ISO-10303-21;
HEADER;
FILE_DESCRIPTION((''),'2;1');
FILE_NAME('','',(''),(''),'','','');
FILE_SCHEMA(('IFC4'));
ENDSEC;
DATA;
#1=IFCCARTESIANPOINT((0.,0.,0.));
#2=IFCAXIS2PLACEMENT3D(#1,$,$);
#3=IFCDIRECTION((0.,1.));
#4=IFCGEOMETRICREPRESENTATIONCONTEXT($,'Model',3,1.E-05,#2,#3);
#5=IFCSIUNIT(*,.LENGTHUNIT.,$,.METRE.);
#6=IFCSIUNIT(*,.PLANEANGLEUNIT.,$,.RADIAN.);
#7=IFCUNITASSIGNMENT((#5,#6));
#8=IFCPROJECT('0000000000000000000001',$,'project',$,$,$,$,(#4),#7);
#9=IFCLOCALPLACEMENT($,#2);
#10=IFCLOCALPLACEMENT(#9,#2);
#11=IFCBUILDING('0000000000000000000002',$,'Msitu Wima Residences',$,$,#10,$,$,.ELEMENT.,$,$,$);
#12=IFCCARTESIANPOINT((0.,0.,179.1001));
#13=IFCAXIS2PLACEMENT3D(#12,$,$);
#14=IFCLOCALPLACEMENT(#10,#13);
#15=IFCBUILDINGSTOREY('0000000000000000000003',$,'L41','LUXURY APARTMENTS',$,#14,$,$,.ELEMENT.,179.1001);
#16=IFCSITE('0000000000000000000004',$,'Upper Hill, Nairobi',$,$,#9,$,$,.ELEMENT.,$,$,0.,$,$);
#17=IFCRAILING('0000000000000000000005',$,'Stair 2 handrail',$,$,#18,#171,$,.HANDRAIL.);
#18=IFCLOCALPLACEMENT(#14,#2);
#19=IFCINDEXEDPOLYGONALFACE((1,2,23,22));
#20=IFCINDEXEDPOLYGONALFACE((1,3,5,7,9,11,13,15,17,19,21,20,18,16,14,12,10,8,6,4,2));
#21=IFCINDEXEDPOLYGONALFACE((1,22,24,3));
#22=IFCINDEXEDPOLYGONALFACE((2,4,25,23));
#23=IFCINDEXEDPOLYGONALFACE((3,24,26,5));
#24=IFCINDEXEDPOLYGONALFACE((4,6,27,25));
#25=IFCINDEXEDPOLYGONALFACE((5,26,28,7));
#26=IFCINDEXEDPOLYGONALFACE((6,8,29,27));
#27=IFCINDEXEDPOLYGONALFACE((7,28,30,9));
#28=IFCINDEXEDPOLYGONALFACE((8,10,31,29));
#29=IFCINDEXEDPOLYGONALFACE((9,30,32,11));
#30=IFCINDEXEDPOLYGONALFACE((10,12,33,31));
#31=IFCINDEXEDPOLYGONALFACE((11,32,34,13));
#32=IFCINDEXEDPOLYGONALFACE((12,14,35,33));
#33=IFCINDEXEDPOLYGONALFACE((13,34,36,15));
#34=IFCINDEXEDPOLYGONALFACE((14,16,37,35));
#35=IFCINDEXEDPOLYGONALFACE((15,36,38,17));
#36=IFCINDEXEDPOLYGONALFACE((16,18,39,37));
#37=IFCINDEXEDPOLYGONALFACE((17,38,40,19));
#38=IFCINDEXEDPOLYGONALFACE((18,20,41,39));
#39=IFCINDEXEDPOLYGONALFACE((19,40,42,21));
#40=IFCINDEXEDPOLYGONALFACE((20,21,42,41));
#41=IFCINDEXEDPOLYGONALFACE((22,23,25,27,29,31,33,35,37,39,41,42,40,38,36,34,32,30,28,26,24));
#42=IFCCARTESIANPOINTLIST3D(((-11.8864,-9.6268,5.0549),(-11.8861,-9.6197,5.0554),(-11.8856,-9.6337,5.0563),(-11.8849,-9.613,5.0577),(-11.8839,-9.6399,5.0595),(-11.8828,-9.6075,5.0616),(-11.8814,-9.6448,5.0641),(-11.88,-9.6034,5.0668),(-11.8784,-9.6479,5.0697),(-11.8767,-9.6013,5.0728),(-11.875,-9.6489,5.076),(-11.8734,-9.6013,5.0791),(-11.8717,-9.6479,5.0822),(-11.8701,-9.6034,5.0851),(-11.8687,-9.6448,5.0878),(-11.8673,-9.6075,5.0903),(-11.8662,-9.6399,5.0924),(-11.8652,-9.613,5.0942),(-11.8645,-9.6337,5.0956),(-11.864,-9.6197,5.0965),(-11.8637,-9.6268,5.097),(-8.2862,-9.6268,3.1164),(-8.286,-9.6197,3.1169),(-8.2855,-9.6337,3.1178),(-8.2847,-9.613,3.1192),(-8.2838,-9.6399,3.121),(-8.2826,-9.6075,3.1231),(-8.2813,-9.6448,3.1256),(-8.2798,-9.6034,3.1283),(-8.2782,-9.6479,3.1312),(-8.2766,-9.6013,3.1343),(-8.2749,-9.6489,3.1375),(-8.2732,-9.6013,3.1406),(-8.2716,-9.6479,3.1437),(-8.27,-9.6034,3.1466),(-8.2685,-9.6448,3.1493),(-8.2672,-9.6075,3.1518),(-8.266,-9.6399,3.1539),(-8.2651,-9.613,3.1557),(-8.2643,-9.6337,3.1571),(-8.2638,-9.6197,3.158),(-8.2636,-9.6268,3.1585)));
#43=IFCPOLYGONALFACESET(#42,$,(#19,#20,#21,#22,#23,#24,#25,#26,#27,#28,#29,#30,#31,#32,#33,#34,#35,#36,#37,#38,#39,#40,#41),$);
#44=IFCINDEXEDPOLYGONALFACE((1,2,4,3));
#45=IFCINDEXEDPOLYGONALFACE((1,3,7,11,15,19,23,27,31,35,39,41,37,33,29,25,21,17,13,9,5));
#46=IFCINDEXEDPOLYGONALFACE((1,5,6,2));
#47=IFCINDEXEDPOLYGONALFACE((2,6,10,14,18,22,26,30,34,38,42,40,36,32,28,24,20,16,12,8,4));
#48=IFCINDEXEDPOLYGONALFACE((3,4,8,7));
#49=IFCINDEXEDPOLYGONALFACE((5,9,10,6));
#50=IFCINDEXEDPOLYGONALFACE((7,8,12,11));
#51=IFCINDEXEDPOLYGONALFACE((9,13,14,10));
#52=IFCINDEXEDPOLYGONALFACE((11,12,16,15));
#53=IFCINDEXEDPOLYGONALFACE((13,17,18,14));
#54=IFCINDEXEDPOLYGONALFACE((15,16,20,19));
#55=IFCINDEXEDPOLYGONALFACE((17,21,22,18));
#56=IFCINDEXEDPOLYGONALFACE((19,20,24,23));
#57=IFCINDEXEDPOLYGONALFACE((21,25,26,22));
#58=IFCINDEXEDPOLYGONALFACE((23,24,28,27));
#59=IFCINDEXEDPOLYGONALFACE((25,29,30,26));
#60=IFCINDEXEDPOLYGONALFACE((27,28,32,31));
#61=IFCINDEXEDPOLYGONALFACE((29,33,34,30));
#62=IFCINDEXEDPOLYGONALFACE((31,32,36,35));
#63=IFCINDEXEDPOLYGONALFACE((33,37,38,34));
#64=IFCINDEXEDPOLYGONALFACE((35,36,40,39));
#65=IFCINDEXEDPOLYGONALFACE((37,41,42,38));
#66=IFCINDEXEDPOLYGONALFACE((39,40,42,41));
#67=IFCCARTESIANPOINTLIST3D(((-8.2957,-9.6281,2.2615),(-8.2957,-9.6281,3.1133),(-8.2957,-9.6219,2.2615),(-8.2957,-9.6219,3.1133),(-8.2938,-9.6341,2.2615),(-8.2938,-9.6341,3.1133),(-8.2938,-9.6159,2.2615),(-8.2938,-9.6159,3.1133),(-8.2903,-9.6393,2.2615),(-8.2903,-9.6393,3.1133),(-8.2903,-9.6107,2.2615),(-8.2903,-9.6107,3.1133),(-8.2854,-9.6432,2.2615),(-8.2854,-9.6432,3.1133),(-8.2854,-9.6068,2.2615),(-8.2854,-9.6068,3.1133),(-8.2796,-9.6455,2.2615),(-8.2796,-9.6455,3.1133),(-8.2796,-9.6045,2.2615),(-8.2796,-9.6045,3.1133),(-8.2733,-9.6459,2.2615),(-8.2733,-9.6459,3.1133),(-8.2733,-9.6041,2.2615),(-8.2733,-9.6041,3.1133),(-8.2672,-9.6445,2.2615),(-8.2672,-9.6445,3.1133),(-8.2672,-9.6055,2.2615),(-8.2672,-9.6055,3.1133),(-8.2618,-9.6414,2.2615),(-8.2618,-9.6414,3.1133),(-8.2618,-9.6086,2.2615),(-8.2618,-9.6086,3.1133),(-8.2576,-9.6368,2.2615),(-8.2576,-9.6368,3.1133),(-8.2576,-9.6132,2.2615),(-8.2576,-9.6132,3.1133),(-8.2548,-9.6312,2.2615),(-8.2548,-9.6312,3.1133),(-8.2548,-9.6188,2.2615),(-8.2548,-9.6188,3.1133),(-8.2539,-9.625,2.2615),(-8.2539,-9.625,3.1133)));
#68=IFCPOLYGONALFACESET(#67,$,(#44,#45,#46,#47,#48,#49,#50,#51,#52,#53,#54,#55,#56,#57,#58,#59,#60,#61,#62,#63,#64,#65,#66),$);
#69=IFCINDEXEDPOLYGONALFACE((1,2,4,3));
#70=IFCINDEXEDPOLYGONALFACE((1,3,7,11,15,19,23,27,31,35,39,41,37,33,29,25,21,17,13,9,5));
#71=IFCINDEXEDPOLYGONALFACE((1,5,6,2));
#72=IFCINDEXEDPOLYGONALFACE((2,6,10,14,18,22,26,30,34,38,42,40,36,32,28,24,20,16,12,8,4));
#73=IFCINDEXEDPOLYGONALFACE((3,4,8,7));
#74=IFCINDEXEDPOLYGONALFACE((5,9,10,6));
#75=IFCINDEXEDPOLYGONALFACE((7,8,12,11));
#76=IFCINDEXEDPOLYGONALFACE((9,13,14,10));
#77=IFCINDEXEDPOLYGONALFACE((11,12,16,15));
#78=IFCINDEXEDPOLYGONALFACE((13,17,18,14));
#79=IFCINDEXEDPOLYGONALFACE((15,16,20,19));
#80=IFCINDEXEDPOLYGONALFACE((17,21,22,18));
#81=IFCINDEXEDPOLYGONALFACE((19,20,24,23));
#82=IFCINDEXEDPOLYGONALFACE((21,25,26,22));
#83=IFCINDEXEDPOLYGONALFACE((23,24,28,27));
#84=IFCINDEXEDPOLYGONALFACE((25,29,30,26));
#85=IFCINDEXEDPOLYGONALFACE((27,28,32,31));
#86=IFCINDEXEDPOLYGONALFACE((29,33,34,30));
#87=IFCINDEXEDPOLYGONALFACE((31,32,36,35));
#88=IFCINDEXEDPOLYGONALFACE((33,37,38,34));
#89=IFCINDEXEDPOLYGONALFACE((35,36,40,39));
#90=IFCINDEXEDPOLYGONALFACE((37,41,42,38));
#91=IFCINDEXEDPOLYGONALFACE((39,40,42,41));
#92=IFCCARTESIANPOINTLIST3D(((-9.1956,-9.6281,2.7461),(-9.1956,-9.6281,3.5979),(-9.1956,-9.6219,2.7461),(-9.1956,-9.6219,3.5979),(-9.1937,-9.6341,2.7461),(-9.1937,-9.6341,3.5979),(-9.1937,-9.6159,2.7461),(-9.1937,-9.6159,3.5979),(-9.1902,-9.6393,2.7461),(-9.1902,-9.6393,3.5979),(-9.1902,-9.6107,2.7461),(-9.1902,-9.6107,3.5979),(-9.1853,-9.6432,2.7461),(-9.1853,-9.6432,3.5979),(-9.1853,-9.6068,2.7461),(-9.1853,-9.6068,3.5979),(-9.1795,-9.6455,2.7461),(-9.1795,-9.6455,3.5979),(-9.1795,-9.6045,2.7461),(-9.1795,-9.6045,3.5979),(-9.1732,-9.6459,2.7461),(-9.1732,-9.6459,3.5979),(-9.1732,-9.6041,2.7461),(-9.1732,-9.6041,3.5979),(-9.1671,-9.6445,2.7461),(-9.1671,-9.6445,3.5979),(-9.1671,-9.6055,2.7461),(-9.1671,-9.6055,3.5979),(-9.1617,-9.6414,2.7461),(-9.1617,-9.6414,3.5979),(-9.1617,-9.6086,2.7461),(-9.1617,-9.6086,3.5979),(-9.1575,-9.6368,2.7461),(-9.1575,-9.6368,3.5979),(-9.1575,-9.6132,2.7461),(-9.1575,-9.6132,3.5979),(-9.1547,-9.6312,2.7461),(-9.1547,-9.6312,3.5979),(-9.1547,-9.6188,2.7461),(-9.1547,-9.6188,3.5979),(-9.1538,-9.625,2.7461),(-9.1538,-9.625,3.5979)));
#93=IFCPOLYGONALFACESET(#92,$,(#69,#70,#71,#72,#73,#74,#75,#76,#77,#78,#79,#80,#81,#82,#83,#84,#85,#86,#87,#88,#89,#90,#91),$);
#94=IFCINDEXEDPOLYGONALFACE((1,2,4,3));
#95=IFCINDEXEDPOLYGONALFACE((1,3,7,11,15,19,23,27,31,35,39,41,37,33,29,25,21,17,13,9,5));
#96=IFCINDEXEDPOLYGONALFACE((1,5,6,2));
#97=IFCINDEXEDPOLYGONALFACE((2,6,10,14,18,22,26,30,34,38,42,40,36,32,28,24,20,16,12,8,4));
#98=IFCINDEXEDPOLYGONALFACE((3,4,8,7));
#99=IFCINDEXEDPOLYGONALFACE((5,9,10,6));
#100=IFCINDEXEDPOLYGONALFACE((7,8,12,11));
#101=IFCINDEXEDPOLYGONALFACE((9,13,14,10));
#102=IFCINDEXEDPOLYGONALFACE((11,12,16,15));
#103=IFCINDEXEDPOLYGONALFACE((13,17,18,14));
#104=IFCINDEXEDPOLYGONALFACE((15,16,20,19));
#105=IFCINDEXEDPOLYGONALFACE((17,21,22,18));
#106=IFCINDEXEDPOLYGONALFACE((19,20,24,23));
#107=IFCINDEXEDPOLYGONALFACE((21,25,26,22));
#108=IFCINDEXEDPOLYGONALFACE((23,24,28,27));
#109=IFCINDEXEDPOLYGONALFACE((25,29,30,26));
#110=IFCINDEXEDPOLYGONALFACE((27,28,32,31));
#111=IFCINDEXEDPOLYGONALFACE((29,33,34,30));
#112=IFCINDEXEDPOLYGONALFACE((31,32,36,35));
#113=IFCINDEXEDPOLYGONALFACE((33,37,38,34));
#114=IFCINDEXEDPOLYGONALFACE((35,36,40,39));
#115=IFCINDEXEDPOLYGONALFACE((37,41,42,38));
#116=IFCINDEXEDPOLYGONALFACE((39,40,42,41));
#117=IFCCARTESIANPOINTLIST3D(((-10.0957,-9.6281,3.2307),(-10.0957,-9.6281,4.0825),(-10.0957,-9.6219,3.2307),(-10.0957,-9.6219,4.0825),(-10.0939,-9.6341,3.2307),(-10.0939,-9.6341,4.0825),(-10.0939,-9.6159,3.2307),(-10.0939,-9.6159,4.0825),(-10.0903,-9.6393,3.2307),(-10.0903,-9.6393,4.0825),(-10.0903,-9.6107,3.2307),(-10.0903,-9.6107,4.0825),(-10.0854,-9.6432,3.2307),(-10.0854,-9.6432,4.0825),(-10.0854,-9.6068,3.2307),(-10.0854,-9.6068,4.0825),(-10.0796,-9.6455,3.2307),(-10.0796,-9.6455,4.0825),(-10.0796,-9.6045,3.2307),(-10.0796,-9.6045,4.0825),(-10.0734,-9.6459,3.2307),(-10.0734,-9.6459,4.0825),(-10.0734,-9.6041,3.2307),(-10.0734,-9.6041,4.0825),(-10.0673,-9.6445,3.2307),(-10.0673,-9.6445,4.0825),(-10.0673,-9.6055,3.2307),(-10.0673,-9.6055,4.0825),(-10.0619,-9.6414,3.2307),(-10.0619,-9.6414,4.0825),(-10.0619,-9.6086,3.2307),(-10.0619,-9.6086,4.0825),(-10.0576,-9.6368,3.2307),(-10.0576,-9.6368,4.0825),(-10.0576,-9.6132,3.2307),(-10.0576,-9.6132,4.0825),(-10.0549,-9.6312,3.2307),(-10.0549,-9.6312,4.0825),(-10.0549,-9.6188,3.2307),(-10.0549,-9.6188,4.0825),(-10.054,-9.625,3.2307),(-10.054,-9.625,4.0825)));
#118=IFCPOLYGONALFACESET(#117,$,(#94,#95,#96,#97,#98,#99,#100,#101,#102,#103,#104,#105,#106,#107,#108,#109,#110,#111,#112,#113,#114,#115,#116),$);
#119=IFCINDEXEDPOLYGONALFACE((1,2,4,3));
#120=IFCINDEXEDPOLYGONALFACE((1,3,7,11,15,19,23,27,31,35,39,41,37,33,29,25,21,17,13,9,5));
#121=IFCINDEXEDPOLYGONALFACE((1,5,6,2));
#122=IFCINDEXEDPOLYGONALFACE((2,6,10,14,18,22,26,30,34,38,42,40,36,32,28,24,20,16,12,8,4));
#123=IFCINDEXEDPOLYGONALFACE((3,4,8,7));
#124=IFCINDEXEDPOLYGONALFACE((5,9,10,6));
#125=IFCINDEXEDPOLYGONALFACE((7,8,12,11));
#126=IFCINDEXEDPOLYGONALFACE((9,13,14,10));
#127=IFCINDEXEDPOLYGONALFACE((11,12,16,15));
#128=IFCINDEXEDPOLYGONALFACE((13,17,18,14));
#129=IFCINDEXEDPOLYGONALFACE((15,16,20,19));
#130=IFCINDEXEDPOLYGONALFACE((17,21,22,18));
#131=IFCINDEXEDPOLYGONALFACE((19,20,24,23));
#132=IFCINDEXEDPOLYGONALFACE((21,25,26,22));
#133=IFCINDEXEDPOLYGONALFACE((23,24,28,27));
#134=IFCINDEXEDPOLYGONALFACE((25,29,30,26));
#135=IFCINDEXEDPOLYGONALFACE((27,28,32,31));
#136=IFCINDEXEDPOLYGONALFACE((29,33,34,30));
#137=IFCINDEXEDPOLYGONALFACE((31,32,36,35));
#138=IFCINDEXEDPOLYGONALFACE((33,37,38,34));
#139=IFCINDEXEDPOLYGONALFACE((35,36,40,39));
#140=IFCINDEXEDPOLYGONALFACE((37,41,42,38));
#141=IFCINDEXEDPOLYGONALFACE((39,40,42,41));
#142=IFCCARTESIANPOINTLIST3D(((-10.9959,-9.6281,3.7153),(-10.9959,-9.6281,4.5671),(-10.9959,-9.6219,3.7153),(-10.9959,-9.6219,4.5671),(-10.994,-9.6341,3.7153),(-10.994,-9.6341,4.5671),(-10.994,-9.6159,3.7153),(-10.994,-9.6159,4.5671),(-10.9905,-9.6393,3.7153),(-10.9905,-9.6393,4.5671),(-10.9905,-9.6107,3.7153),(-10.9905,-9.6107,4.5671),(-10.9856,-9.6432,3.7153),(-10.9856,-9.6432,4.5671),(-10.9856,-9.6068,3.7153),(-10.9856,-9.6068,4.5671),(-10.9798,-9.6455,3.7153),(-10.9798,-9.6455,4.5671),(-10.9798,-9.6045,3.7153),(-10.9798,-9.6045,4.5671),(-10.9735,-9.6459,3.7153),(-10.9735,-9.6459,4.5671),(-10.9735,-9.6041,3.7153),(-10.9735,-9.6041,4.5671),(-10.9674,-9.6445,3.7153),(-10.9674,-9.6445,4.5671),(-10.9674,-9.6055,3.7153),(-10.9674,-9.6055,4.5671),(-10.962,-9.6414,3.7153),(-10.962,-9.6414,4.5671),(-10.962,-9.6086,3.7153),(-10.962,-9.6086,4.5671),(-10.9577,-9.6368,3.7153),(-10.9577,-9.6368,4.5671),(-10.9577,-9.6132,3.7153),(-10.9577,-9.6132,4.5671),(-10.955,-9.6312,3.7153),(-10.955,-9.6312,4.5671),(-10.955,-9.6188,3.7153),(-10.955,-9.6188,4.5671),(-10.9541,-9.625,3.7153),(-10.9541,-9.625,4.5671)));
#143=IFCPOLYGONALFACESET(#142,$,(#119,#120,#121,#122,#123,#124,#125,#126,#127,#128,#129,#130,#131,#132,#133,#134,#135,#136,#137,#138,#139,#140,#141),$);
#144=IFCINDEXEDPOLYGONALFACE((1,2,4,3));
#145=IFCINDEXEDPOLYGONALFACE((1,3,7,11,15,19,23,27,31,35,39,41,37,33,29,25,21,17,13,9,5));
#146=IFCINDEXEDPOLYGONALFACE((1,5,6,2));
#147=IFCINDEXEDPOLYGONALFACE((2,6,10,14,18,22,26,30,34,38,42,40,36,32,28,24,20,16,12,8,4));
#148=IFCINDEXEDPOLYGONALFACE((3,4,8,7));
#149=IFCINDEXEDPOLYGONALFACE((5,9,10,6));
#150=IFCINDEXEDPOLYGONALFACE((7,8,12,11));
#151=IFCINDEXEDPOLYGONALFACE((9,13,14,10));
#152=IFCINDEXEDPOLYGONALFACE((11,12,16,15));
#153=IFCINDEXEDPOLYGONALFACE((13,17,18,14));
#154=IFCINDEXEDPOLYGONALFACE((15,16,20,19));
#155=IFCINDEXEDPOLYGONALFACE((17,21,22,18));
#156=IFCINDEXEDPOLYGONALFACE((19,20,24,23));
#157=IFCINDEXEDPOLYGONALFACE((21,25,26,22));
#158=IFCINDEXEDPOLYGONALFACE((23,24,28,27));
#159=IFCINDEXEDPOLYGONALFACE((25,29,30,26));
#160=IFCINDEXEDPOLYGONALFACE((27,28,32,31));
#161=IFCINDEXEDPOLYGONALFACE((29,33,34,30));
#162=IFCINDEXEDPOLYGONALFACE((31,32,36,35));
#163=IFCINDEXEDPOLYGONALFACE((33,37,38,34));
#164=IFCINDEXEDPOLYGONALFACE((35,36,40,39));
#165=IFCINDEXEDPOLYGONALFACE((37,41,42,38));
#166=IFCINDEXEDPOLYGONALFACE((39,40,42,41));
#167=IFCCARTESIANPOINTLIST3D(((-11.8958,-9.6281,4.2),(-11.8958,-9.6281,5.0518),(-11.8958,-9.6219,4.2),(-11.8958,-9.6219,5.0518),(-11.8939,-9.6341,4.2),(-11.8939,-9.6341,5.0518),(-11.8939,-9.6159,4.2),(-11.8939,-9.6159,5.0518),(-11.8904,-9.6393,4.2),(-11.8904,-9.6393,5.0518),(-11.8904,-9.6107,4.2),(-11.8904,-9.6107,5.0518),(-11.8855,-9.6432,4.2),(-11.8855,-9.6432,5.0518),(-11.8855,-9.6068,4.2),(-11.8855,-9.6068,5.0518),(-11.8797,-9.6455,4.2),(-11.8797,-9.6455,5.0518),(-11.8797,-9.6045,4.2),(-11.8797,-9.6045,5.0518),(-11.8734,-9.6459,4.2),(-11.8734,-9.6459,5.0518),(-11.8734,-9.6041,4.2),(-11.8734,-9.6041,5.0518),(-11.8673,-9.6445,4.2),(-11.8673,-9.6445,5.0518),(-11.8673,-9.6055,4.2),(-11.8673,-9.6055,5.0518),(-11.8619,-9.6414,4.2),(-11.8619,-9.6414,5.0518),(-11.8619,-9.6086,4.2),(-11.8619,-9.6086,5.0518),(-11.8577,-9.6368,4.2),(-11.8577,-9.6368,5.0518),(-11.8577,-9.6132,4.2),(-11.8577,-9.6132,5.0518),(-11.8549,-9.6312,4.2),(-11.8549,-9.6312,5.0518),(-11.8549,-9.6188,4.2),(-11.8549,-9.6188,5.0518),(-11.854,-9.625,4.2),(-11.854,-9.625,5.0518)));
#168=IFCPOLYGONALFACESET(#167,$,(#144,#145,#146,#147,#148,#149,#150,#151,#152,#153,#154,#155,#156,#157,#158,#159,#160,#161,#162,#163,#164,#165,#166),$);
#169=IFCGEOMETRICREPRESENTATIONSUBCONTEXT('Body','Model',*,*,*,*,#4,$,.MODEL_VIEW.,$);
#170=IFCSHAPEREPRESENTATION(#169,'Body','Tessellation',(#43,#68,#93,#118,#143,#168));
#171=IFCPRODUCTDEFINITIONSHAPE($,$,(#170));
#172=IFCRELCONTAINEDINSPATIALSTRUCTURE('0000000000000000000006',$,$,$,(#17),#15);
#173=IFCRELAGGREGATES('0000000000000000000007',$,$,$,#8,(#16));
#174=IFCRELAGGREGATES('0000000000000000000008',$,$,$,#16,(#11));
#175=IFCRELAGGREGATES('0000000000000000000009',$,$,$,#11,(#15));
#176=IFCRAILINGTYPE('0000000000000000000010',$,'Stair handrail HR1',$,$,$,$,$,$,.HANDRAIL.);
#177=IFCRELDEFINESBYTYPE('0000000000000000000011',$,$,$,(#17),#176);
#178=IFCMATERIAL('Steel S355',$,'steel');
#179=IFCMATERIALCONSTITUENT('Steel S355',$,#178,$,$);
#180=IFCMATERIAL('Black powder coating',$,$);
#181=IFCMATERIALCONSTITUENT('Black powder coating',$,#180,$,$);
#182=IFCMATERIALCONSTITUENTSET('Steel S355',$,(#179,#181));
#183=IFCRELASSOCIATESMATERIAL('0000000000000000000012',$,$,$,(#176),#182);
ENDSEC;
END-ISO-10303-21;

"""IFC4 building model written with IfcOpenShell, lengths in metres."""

from ifc_helpers import new_model, si_unit, direction, frame, origin, origin_2d, place, context, subcontext, project, spatial, circle, extrude, material, constituent, constituent_set, type_object, element, save


model = new_model("IFC4")

# Units and contexts
model_context = context("Model", 3, precision=1e-05, world=origin(), true_north=direction((0.0, 1.0)))
body_context = subcontext(model_context, "Body", "Model", "MODEL_VIEW")
ifc_project = project(units=[si_unit("LENGTHUNIT", "METRE"), si_unit("PLANEANGLEUNIT", "RADIAN")], contexts=[model_context])

# Site, building, storey
site_placement = place(None, origin())
site = spatial("IfcSite", under=ifc_project, at=site_placement, Name="Upper Hill, Nairobi", CompositionType="ELEMENT", RefElevation=0.0)
building_placement = place(site_placement, origin())
building = spatial("IfcBuilding", under=site, at=building_placement, Name="Msitu Wima Residences", CompositionType="ELEMENT")
storey_placement = place(building_placement, frame((0.0, 0.0, 179.1001)))
storey = spatial("IfcBuildingStorey", under=building, at=storey_placement, Name="L41", Description="LUXURY APARTMENTS", CompositionType="ELEMENT", Elevation=179.1001)

# Railing
ifc_material_1 = material(Name="Steel S355", Category="steel")
ifc_constituent_1 = constituent(ifc_material_1, Name="Steel S355")
ifc_material_2 = material(Name="Black powder coating")
ifc_constituent_2 = constituent(ifc_material_2, Name="Black powder coating")
ifc_constituent_set = constituent_set(constituents=[ifc_constituent_1, ifc_constituent_2], Name="Steel S355")
railing_type = type_object("IfcRailingType", Name="Stair handrail HR1", PredefinedType="HANDRAIL", material=ifc_constituent_set)
railing_placement = place(storey_placement, frame((-8.2749, -9.625, 2.2615)))
element("IfcRailing", 1, at=railing_placement, inside=storey, type_object=railing_type, Name="Stair 2 handrail", PredefinedType="HANDRAIL", context=body_context, shape_type="SweptSolid", body=[
    extrude(circle(Radius=0.0239, at=origin_2d()), frame((0.0, 0.0, 0.876), z_axis=(-0.880475, 0.0, 0.474093), x_axis=(0.0, -1.0, 0.0)), (0.0, 0.0, 1.0), 4.0889),
    extrude(circle(Radius=0.021, at=origin_2d()), origin(), (0.0, 0.0, 1.0), 0.8518),
    extrude(circle(Radius=0.021, at=origin_2d()), frame((-0.8999, 0.0, 0.4846)), (0.0, 0.0, 1.0), 0.8518),
    extrude(circle(Radius=0.021, at=origin_2d()), frame((-1.8, 0.0, 0.9692)), (0.0, 0.0, 1.0), 0.8518),
    extrude(circle(Radius=0.021, at=origin_2d()), frame((-2.7002, 0.0, 1.4539)), (0.0, 0.0, 1.0), 0.8518),
    extrude(circle(Radius=0.021, at=origin_2d()), frame((-3.6001, 0.0, 1.9385)), (0.0, 0.0, 1.0), 0.8518),
])

save(model, "model.ifc")
